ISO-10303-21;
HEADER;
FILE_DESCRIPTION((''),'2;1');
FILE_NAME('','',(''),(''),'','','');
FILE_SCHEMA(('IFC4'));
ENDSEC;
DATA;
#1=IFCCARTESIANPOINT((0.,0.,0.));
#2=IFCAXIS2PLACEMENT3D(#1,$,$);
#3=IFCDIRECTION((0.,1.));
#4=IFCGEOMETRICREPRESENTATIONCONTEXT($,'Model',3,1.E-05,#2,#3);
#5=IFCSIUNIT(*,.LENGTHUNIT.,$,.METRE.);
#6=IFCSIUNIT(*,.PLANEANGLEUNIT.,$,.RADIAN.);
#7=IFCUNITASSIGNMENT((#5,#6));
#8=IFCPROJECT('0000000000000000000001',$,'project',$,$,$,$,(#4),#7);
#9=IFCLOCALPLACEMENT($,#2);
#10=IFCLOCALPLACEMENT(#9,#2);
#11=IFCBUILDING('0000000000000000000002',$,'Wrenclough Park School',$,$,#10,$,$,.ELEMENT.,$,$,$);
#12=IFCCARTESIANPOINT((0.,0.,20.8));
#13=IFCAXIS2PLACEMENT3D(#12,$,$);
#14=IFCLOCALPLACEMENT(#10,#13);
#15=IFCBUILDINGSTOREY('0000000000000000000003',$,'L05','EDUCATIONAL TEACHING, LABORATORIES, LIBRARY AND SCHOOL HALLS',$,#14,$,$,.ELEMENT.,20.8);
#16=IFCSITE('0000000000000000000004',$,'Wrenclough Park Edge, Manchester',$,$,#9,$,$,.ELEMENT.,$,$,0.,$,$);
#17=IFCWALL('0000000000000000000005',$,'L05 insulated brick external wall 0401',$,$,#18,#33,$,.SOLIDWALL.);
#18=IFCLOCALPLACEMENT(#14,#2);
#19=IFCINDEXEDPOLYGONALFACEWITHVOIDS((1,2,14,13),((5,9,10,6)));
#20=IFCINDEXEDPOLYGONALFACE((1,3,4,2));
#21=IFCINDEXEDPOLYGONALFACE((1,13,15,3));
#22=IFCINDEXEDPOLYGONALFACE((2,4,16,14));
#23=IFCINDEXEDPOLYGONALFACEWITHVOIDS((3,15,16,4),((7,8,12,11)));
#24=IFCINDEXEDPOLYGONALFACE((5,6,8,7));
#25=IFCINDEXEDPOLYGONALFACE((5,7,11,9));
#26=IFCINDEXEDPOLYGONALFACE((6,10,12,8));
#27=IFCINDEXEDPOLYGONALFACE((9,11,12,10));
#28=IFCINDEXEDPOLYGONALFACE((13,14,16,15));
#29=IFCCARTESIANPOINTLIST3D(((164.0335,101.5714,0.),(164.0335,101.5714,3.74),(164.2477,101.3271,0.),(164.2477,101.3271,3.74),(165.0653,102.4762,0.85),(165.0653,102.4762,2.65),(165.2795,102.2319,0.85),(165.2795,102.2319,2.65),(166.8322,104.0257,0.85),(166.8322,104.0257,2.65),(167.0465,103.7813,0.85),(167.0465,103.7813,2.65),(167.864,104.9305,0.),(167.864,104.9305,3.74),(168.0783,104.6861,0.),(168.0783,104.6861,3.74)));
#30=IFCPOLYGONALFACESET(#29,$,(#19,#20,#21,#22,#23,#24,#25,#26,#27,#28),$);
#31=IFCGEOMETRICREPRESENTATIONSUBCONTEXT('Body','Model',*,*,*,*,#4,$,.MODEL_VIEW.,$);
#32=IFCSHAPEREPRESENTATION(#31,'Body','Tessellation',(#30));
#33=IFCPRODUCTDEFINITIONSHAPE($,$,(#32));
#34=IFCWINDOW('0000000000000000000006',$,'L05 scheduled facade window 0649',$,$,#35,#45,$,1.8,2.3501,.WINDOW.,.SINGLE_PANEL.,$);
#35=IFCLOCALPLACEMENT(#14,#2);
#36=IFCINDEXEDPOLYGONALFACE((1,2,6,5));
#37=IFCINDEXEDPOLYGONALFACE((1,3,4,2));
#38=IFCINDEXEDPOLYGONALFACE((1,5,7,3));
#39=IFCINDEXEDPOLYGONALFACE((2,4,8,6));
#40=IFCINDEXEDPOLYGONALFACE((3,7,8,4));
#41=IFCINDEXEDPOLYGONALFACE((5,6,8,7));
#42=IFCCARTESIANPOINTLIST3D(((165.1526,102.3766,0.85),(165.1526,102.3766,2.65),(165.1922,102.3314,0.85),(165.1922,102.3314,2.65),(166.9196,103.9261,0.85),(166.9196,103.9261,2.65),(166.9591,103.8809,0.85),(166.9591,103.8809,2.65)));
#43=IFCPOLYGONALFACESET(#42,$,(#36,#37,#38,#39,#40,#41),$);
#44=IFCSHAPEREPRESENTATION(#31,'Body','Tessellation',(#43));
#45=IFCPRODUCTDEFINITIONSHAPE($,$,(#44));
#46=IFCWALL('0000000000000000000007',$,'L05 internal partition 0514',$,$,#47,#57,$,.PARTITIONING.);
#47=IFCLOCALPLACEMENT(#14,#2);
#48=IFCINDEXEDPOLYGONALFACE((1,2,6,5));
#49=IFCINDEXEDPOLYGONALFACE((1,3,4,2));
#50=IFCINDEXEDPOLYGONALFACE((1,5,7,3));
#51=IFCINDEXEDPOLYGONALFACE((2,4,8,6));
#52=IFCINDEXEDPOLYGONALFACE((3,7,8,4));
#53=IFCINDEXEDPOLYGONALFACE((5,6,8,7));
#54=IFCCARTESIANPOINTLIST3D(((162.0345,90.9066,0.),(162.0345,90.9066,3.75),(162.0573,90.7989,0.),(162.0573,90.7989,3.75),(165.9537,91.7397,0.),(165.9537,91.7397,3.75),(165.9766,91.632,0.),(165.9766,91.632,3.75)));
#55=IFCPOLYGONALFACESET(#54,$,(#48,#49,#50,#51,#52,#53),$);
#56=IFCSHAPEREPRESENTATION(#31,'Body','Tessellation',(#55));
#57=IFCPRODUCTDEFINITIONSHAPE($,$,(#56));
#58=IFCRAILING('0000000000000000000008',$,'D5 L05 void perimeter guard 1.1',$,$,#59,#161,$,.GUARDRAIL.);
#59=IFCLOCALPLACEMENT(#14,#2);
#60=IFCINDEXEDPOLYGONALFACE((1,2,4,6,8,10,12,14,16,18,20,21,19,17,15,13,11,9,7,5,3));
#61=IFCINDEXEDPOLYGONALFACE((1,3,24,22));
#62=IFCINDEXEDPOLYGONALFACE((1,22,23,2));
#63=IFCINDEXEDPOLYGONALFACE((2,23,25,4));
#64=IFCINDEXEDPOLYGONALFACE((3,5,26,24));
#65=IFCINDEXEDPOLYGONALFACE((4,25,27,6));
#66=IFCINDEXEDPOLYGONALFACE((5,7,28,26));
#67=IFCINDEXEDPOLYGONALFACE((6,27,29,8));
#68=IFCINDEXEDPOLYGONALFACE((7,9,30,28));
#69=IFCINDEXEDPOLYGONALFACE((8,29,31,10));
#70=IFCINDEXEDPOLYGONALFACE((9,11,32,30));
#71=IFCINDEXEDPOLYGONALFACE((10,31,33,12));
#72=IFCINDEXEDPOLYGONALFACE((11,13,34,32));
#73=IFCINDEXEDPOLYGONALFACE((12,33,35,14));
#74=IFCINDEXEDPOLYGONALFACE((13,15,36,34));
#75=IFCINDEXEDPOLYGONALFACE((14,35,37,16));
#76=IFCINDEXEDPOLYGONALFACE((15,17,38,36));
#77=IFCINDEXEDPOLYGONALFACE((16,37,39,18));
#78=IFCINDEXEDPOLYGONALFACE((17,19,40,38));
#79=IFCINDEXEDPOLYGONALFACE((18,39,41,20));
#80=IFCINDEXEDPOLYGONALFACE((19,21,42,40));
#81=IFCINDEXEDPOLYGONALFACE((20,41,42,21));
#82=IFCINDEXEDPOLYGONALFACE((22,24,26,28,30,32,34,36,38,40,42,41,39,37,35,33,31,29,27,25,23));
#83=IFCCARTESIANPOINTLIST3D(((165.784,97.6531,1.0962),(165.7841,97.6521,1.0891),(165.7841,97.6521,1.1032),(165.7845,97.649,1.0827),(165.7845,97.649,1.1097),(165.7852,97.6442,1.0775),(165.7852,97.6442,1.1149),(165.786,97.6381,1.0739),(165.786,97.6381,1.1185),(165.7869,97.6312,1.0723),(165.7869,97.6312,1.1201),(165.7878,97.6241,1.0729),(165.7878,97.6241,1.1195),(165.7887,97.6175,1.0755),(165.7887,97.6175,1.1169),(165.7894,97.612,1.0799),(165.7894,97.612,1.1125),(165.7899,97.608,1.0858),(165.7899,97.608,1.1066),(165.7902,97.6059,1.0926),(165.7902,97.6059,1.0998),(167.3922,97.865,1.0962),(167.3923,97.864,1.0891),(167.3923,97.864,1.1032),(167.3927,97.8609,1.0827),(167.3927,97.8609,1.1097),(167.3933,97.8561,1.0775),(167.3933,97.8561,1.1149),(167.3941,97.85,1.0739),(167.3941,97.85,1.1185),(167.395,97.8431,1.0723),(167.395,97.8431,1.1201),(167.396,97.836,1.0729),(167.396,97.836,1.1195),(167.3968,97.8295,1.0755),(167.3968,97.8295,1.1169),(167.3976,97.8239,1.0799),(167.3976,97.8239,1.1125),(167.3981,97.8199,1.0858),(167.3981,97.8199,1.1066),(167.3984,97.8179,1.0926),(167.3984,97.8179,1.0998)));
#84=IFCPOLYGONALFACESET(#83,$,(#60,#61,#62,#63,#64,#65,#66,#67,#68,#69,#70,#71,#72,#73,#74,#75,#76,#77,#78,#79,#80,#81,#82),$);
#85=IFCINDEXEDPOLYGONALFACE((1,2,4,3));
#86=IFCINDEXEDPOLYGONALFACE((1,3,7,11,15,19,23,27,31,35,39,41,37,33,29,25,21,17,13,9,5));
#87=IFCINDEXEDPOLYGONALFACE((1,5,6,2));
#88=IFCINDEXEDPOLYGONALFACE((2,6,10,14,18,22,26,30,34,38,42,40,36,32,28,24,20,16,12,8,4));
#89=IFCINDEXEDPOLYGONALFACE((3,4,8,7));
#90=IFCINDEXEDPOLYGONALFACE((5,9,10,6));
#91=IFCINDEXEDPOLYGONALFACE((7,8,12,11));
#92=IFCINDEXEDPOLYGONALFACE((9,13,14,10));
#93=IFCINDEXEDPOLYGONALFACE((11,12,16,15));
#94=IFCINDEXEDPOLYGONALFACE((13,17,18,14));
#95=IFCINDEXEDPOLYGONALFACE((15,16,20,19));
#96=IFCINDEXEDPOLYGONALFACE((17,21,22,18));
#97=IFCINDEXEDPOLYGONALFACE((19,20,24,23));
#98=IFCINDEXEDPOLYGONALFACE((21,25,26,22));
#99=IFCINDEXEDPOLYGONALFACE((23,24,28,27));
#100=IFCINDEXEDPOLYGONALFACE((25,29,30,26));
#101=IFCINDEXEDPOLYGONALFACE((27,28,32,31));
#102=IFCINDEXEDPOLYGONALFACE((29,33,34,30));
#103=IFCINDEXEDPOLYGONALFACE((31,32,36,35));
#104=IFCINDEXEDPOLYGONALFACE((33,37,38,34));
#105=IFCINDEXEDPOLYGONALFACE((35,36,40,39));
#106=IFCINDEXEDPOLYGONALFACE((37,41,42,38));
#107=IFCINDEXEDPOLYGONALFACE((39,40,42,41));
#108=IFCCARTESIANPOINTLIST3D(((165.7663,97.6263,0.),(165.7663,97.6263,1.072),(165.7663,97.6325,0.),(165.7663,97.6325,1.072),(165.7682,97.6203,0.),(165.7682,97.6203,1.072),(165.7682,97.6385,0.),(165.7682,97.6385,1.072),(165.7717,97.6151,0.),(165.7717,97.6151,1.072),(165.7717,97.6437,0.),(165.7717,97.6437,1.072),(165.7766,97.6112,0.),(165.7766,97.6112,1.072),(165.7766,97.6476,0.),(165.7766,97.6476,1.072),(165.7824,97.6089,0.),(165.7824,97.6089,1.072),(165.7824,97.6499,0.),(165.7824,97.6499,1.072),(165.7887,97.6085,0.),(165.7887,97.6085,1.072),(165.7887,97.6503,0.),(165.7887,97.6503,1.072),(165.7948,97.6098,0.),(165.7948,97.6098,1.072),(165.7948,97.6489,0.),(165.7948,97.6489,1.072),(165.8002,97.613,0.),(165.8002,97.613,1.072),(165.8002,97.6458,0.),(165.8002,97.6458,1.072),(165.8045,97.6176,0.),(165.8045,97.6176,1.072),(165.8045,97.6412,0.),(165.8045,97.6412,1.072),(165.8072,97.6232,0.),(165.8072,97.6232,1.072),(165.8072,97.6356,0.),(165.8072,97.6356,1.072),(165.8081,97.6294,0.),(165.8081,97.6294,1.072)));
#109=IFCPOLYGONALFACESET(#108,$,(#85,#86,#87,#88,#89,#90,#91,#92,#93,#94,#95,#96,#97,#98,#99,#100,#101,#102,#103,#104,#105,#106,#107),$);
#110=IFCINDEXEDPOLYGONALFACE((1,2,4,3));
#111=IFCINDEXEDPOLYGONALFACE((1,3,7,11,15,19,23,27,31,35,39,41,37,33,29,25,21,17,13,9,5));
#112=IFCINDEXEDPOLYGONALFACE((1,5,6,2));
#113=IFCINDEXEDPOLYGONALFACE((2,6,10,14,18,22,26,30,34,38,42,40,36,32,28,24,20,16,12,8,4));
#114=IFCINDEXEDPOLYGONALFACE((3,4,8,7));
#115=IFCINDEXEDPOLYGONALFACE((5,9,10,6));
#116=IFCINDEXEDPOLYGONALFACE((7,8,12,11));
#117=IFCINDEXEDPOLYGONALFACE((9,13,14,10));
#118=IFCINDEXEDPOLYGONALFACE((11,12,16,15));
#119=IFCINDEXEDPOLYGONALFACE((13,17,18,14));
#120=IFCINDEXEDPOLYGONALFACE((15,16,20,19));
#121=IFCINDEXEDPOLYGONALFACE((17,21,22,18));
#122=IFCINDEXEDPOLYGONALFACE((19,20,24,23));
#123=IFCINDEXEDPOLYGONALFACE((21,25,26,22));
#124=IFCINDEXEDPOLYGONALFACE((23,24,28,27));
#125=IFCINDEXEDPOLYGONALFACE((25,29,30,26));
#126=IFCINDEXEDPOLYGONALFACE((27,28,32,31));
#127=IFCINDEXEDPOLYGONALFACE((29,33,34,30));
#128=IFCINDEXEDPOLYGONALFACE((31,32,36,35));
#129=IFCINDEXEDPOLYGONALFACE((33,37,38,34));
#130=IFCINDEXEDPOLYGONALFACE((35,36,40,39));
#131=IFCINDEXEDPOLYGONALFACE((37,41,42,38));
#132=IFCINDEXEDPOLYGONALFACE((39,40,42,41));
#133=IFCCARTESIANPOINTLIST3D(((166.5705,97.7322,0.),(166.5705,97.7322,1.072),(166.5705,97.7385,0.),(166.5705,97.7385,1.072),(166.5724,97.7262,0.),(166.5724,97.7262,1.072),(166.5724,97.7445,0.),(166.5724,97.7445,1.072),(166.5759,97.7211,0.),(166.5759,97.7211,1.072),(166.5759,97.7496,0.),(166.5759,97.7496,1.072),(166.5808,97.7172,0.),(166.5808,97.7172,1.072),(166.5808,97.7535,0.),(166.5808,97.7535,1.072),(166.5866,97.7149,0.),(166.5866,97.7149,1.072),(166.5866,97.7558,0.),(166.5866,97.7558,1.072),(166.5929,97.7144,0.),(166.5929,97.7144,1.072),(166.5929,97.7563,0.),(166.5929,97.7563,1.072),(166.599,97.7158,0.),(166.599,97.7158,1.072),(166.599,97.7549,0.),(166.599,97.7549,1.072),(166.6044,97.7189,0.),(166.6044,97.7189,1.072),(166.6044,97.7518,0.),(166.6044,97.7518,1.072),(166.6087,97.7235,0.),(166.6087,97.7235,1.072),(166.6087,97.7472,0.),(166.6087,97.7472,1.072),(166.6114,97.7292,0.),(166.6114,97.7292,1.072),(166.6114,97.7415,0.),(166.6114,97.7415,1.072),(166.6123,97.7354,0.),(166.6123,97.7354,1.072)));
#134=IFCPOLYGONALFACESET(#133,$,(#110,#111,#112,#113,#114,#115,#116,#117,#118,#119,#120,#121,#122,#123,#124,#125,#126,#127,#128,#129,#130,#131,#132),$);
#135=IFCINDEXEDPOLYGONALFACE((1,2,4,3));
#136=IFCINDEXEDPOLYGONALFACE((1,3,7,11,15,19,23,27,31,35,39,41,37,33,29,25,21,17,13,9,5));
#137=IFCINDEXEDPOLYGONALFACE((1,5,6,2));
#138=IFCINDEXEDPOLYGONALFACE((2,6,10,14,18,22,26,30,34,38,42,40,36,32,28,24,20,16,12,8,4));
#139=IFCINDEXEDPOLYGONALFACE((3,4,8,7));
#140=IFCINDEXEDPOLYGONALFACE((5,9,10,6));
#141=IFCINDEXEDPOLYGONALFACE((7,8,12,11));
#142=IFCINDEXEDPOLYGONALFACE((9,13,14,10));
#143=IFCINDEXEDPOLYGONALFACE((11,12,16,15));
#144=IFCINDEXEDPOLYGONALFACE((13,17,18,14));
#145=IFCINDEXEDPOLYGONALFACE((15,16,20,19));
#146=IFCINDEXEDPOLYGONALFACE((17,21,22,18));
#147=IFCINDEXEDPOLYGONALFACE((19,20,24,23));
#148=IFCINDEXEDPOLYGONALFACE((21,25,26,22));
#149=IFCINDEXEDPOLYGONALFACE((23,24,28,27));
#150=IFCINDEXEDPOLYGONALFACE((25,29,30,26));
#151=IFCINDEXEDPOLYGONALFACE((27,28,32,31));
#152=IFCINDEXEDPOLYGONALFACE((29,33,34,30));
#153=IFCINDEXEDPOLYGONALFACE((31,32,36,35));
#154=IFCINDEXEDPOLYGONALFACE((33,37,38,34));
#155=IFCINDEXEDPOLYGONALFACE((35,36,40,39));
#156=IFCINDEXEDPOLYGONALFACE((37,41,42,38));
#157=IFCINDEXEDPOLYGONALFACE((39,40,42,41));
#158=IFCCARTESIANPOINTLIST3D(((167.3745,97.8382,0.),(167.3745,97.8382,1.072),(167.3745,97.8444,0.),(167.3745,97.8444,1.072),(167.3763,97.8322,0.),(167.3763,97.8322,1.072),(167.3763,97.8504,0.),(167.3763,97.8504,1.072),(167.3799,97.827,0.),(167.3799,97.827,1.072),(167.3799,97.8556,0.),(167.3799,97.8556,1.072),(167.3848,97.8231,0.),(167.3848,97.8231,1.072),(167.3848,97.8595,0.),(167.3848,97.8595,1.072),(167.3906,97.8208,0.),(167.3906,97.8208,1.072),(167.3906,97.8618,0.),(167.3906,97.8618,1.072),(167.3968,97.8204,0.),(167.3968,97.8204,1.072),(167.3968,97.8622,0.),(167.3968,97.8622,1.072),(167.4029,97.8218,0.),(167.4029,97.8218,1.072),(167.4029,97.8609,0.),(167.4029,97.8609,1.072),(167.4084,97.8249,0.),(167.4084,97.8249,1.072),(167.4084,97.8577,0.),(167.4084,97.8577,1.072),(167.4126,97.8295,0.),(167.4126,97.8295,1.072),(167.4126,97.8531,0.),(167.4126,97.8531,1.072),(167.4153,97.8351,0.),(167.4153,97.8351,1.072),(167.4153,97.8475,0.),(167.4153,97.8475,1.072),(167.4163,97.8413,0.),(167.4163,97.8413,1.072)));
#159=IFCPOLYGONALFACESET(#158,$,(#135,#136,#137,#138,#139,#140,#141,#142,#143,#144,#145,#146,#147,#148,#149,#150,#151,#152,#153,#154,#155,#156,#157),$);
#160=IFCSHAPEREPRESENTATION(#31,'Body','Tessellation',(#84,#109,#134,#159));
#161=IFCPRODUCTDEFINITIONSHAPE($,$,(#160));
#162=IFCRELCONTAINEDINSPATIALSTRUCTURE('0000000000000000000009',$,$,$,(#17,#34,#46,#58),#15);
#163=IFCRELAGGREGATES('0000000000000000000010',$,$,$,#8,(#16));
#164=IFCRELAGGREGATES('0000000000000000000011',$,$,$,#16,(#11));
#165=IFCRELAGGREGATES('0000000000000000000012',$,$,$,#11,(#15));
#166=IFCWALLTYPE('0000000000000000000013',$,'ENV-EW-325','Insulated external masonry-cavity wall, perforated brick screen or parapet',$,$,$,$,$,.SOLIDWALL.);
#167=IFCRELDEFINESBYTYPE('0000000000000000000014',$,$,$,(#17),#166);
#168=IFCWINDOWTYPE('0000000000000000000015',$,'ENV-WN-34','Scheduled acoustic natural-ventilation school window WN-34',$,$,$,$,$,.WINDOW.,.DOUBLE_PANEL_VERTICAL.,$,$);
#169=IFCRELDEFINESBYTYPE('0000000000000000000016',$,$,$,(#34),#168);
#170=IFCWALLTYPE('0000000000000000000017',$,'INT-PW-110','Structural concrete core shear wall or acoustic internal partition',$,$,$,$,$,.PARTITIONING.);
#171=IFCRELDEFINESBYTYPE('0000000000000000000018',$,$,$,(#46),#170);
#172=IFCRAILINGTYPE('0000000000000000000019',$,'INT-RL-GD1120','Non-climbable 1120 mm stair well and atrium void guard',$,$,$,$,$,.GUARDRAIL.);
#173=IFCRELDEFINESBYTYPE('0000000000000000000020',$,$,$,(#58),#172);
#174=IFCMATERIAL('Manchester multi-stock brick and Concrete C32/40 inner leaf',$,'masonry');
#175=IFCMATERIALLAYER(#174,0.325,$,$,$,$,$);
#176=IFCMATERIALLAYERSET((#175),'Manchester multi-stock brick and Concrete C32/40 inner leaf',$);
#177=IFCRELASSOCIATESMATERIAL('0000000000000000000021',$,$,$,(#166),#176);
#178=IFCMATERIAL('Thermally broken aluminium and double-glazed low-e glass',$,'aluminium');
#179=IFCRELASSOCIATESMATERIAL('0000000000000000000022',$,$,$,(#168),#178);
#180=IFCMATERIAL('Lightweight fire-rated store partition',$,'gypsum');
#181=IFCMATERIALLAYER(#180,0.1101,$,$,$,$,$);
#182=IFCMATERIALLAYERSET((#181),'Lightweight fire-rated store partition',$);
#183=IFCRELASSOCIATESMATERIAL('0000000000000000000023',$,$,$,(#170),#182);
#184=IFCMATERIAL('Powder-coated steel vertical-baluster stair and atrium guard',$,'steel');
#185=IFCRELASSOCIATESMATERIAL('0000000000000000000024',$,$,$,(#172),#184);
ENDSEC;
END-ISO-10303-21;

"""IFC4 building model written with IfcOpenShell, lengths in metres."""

from ifc_helpers import new_model, si_unit, direction, frame, frame_2d, origin, origin_2d, place, context, subcontext, project, spatial, rectangle, circle, extrude, material, layer, layer_set, type_object, element, fill, save


model = new_model("IFC4")

# Units and contexts
model_context = context("Model", 3, precision=1e-05, world=origin(), true_north=direction((0.0, 1.0)))
body_context = subcontext(model_context, "Body", "Model", "MODEL_VIEW")
ifc_project = project(units=[si_unit("LENGTHUNIT", "METRE"), si_unit("PLANEANGLEUNIT", "RADIAN")], contexts=[model_context])

# Site, building, storey
site_placement = place(None, origin())
site = spatial("IfcSite", under=ifc_project, at=site_placement, Name="Wrenclough Park Edge, Manchester", CompositionType="ELEMENT", RefElevation=0.0)
building_placement = place(site_placement, origin())
building = spatial("IfcBuilding", under=site, at=building_placement, Name="Wrenclough Park School", CompositionType="ELEMENT")
storey_placement = place(building_placement, frame((0.0, 0.0, 20.8)))
storey = spatial("IfcBuildingStorey", under=building, at=storey_placement, Name="L05", Description="EDUCATIONAL TEACHING, LABORATORIES, LIBRARY AND SCHOOL HALLS", CompositionType="ELEMENT", Elevation=20.8)

# Wall, opening, window
ifc_material_1 = material(Name="Manchester multi-stock brick and Concrete C32/40 inner leaf", Category="masonry")
ifc_material_2 = material(Name="Thermally broken aluminium and double-glazed low-e glass", Category="aluminium")
ifc_layer_1 = layer(ifc_material_1, 0.325)
ifc_layer_set_1 = layer_set([ifc_layer_1], Name="Manchester multi-stock brick and Concrete C32/40 inner leaf")
wall_type_1 = type_object("IfcWallType", Name="ENV-EW-325", Description="Insulated external masonry-cavity wall, perforated brick screen or parapet", PredefinedType="SOLIDWALL", material=ifc_layer_set_1)
wall_1_placement = place(storey_placement, frame((164.1406, 101.4492, 0.0), z_axis=(0.0, 0.0, 1.0), x_axis=(0.751858, 0.659325, 0.0)))
wall_1 = element("IfcWall", 1, at=wall_1_placement, inside=storey, type_object=wall_type_1, Name="L05 insulated brick external wall 0401", PredefinedType="SOLIDWALL", context=body_context, shape_type="SweptSolid", body=[
    extrude(rectangle(XDim=5.0947, YDim=0.325, at=frame_2d((2.5474, 0.0))), origin(), (0.0, 0.0, 1.0), 3.74),
])
opening_1_placement = place(wall_1_placement, frame((1.3723, 0.0, 0.8501)))
opening_1 = element("IfcOpeningElement", 2, at=opening_1_placement, cuts=wall_1, PredefinedType="OPENING", context=body_context, shape_type="SweptSolid", body=[
    extrude(rectangle(XDim=2.3501, YDim=1.8, at=frame_2d((1.175, 0.8999))), frame((0.0, 0.1724, 0.0), z_axis=(0.0, -1.0, 0.0), x_axis=(1.0, 0.0, 0.0)), (0.0, 0.0, 1.0), 0.345),
])
window_type_1 = type_object("IfcWindowType", Name="ENV-WN-34", Description="Scheduled acoustic natural-ventilation school window WN-34", PartitioningType="DOUBLE_PANEL_VERTICAL", PredefinedType="WINDOW", material=ifc_material_2)
window_1_placement = place(opening_1_placement, origin())
window_1 = element("IfcWindow", 3, at=window_1_placement, inside=storey, type_object=window_type_1, Name="L05 scheduled facade window 0649", OverallHeight=1.8, OverallWidth=2.3501, PartitioningType="SINGLE_PANEL", PredefinedType="WINDOW", context=body_context, shape_type="SweptSolid", body=[
    extrude(rectangle(XDim=2.3501, YDim=1.8, at=frame_2d((1.175, 0.8999))), frame((0.0, 0.03, 0.0), z_axis=(0.0, -1.0, 0.0), x_axis=(1.0, 0.0, 0.0)), (0.0, 0.0, 1.0), 0.0601),
])
fill(opening_1, window_1)

# Wall
ifc_material_3 = material(Name="Lightweight fire-rated store partition", Category="gypsum")
ifc_layer_2 = layer(ifc_material_3, 0.1101)
ifc_layer_set_2 = layer_set([ifc_layer_2], Name="Lightweight fire-rated store partition")
wall_type_2 = type_object("IfcWallType", Name="INT-PW-110", Description="Structural concrete core shear wall or acoustic internal partition", PredefinedType="PARTITIONING", material=ifc_layer_set_2)
wall_2_placement = place(storey_placement, frame((162.0459, 90.8528, 0.0), z_axis=(0.0, 0.0, 1.0), x_axis=(0.97815, 0.207902, 0.0)))
element("IfcWall", 4, at=wall_2_placement, inside=storey, type_object=wall_type_2, Name="L05 internal partition 0514", PredefinedType="PARTITIONING", context=body_context, shape_type="SweptSolid", body=[
    extrude(rectangle(XDim=4.0068, YDim=0.1101, at=frame_2d((2.0034, 0.0))), origin(), (0.0, 0.0, 1.0), 3.75),
])

# Railing
ifc_material_4 = material(Name="Powder-coated steel vertical-baluster stair and atrium guard", Category="steel")
railing_type = type_object("IfcRailingType", Name="INT-RL-GD1120", Description="Non-climbable 1120 mm stair well and atrium void guard", PredefinedType="GUARDRAIL", material=ifc_material_4)
railing_1_placement = place(storey_placement, frame((165.7871, 97.6294, 0.0)))
element("IfcRailing", 5, at=railing_1_placement, inside=storey, type_object=railing_type, Name="D5 L05 void perimeter guard 1.1", PredefinedType="GUARDRAIL", context=body_context, shape_type="SweptSolid", body=[
    extrude(circle(Radius=0.0239, at=origin_2d()), frame((0.0, 0.0, 1.0962), z_axis=(0.991429, 0.130645, 0.0), x_axis=(-0.130645, 0.991429, 0.0)), (0.0, 0.0, 1.0), 1.6221),
    extrude(circle(Radius=0.021, at=origin_2d()), origin(), (0.0, 0.0, 1.0), 1.072),
    extrude(circle(Radius=0.021, at=origin_2d()), frame((0.8042, 0.106, 0.0)), (0.0, 0.0, 1.0), 1.072),
    extrude(circle(Radius=0.021, at=origin_2d()), frame((1.6082, 0.2119, 0.0)), (0.0, 0.0, 1.0), 1.072),
])

save(model, "model.ifc")
